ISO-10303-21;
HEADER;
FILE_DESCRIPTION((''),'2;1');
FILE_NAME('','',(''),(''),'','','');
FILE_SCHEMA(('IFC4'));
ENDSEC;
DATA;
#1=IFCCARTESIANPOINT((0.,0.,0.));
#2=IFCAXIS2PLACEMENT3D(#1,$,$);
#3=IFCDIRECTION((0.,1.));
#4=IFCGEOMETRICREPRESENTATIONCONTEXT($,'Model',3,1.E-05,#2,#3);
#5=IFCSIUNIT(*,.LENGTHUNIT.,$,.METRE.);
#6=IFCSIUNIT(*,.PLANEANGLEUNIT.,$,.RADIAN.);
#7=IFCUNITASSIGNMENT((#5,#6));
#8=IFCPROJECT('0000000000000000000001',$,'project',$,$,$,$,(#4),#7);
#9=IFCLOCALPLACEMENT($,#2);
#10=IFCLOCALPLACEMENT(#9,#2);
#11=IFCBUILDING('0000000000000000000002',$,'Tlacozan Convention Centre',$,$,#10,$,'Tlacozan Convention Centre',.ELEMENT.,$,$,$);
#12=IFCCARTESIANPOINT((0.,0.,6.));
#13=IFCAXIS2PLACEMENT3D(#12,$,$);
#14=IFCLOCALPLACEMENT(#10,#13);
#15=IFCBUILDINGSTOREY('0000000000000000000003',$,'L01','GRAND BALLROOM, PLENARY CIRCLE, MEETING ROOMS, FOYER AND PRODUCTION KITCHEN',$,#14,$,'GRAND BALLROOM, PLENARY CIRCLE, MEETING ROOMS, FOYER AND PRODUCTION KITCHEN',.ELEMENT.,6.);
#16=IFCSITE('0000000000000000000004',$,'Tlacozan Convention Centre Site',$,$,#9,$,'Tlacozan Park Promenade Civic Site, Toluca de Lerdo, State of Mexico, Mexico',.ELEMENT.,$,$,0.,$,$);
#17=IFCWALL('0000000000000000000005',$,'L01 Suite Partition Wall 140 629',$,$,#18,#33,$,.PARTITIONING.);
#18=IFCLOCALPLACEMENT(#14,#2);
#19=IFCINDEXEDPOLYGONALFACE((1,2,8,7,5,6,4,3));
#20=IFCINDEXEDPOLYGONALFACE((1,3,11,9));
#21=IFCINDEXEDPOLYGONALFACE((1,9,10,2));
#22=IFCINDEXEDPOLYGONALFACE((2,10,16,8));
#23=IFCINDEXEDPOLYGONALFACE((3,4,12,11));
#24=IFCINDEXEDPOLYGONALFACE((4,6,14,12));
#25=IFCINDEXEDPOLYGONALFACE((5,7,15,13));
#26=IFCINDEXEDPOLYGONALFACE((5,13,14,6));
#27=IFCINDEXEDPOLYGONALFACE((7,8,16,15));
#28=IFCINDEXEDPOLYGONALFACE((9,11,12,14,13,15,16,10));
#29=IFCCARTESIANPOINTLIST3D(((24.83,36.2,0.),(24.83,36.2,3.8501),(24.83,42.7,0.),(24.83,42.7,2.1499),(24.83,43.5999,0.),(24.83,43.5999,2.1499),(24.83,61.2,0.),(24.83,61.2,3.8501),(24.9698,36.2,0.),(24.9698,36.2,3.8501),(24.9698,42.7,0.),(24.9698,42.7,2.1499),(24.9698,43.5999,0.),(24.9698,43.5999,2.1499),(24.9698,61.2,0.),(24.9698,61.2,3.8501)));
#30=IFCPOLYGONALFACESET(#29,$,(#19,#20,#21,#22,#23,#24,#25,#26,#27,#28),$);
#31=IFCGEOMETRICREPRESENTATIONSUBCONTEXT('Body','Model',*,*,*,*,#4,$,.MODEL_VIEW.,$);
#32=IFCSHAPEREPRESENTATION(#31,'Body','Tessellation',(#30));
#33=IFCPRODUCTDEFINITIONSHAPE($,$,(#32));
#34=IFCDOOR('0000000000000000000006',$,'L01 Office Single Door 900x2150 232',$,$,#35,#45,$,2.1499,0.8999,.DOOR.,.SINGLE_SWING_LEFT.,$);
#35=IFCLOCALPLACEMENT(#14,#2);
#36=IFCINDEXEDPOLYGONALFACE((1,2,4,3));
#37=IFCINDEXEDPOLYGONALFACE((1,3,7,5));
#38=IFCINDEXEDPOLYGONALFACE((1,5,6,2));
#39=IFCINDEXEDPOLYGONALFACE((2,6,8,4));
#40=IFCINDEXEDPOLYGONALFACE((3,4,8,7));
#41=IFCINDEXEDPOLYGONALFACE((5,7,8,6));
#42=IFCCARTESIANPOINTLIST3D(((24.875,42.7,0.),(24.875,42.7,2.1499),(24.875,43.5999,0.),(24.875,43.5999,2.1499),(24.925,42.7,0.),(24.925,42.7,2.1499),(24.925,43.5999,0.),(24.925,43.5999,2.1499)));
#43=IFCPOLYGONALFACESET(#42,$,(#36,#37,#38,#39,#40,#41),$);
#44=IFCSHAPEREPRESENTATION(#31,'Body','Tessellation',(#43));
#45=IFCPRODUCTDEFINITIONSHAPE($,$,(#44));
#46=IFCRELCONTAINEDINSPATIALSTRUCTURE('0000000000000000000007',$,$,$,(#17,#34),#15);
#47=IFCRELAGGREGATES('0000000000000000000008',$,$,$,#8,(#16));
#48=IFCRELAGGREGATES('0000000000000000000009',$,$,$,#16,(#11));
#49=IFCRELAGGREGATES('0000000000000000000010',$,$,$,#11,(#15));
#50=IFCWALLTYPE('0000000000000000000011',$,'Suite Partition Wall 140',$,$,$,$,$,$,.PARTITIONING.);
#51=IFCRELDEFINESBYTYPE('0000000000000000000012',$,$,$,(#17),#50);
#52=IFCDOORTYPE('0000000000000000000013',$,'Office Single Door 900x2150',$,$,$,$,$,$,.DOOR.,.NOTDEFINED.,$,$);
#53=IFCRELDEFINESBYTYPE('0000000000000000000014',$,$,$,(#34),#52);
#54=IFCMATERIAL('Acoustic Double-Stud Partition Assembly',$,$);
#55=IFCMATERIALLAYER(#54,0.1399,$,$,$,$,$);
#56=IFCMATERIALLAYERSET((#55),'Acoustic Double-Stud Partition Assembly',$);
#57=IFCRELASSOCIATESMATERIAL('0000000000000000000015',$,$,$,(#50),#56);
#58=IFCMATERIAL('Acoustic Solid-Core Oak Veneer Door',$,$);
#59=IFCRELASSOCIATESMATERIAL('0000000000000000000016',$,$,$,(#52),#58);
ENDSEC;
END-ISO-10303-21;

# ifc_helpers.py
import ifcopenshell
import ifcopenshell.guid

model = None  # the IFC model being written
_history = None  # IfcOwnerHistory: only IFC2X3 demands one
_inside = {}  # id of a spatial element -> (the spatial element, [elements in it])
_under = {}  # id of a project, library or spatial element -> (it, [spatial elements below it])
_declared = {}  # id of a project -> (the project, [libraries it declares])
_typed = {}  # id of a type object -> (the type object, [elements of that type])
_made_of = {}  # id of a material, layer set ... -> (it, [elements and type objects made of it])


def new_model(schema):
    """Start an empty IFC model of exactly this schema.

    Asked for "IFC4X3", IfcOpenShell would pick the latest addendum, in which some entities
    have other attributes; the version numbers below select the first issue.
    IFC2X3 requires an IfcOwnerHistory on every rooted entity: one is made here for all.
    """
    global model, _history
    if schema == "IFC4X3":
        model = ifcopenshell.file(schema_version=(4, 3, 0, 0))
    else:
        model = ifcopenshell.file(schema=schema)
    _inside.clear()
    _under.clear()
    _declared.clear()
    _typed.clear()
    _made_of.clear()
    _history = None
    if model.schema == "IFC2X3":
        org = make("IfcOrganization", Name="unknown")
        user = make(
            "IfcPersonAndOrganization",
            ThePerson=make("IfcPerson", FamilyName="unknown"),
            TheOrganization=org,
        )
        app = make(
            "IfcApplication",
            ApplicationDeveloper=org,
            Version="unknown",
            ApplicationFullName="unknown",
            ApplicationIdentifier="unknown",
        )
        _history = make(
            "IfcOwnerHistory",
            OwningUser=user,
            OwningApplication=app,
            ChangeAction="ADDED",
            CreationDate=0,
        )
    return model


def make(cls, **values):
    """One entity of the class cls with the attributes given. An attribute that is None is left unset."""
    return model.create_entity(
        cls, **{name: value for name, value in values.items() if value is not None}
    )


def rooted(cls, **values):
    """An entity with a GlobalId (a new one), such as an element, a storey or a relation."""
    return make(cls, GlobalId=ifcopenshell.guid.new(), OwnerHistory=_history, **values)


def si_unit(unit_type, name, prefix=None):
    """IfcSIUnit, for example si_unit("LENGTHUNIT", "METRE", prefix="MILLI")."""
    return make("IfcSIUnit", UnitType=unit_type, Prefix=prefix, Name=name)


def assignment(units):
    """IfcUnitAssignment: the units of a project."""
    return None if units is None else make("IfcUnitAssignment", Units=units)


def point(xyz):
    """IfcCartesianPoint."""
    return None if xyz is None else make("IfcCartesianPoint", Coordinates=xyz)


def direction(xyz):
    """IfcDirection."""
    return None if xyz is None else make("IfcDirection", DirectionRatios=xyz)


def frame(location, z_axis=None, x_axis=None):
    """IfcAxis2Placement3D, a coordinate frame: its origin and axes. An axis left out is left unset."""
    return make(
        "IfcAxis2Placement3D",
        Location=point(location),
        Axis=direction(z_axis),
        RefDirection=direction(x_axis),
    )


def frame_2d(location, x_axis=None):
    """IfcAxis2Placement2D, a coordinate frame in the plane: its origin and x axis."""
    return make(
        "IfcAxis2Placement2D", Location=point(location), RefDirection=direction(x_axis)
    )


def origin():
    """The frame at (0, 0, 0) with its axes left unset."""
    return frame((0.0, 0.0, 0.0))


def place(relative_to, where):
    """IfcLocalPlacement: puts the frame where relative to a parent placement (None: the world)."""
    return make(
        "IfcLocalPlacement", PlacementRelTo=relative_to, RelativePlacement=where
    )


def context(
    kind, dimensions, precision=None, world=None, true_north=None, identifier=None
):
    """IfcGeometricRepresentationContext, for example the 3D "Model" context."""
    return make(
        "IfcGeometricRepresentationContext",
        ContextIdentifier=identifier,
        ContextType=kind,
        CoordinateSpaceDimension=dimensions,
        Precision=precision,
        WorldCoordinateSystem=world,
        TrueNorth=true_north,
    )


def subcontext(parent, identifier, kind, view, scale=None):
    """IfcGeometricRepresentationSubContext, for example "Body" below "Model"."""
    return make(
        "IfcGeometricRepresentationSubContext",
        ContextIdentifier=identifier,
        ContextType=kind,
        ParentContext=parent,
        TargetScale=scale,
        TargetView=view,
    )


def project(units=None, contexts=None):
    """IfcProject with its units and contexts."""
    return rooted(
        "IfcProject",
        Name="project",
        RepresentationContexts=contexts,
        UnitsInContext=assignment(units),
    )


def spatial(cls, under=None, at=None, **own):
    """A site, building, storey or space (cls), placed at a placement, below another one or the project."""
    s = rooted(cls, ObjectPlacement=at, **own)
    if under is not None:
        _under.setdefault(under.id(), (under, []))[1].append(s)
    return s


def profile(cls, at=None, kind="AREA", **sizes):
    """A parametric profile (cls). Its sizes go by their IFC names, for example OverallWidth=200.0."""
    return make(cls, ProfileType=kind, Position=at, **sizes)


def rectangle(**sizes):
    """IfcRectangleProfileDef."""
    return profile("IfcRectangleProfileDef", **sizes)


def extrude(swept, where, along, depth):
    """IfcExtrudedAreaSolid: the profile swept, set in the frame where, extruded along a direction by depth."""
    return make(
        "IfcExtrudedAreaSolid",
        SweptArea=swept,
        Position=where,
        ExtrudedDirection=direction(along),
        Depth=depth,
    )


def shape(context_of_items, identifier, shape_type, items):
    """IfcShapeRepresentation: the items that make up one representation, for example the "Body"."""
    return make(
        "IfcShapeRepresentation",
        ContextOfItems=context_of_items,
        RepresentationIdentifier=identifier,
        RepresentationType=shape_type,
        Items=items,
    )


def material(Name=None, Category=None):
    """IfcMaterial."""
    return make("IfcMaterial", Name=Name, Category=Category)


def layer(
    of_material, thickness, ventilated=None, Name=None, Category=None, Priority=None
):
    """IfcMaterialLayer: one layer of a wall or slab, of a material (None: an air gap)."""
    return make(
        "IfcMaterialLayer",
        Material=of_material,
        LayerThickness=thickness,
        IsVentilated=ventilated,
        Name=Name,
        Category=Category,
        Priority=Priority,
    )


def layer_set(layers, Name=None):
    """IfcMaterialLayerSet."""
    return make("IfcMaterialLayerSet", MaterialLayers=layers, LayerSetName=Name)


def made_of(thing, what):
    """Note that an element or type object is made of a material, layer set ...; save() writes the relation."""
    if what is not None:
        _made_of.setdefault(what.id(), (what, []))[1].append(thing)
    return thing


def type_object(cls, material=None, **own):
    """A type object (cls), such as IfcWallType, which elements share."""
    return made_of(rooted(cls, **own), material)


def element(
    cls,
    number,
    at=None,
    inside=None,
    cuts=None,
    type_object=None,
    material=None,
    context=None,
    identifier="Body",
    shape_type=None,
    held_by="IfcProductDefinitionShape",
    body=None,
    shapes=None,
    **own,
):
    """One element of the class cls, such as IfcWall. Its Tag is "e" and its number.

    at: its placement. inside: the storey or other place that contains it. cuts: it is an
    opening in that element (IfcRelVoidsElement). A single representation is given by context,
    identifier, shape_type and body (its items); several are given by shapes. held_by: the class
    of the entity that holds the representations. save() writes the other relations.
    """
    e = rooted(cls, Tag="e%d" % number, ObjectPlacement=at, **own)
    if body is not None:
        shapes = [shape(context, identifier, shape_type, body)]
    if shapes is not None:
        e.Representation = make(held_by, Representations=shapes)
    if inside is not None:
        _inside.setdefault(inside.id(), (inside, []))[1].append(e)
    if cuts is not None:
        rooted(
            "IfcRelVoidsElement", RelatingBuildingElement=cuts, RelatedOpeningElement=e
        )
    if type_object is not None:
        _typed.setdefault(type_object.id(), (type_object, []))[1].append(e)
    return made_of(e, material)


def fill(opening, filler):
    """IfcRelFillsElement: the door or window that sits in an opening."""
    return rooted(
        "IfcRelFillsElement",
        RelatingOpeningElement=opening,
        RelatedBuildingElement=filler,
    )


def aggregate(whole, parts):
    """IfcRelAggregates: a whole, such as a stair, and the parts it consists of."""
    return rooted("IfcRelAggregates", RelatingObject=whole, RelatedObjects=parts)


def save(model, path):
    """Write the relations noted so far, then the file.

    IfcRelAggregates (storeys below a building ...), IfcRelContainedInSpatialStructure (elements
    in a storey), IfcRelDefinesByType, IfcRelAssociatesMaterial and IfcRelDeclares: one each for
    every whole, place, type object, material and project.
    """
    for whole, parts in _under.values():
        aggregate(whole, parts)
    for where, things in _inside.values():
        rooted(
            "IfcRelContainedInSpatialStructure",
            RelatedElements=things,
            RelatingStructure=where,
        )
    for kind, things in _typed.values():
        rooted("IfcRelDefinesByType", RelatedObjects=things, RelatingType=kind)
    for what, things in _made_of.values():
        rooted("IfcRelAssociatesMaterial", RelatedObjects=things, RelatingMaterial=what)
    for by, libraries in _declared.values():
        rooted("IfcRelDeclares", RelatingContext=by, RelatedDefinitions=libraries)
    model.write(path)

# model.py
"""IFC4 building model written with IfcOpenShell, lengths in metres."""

from ifc_helpers import new_model, si_unit, direction, frame, frame_2d, origin, place, context, subcontext, project, spatial, rectangle, extrude, material, layer, layer_set, type_object, element, fill, save


model = new_model("IFC4")

# Units and contexts
model_context = context("Model", 3, precision=1e-05, world=origin(), true_north=direction((0.0, 1.0)))
body_context = subcontext(model_context, "Body", "Model", "MODEL_VIEW")
ifc_project = project(units=[si_unit("LENGTHUNIT", "METRE"), si_unit("PLANEANGLEUNIT", "RADIAN")], contexts=[model_context])

# Site, building, storey
site_placement = place(None, origin())
site = spatial("IfcSite", under=ifc_project, at=site_placement, Name="Tlacozan Convention Centre Site", LongName="Tlacozan Park Promenade Civic Site, Toluca de Lerdo, State of Mexico, Mexico", CompositionType="ELEMENT", RefElevation=0.0)
building_placement = place(site_placement, origin())
building = spatial("IfcBuilding", under=site, at=building_placement, Name="Tlacozan Convention Centre", LongName="Tlacozan Convention Centre", CompositionType="ELEMENT")
storey_placement = place(building_placement, frame((0.0, 0.0, 6.0)))
storey = spatial("IfcBuildingStorey", under=building, at=storey_placement, Name="L01", Description="GRAND BALLROOM, PLENARY CIRCLE, MEETING ROOMS, FOYER AND PRODUCTION KITCHEN", LongName="GRAND BALLROOM, PLENARY CIRCLE, MEETING ROOMS, FOYER AND PRODUCTION KITCHEN", CompositionType="ELEMENT", Elevation=6.0)

# Wall, opening, door
ifc_material_1 = material(Name="Acoustic Double-Stud Partition Assembly")
ifc_layer_1 = layer(ifc_material_1, 0.1399)
ifc_layer_set_1 = layer_set([ifc_layer_1], Name="Acoustic Double-Stud Partition Assembly")
wall_type_1 = type_object("IfcWallType", Name="Suite Partition Wall 140", PredefinedType="PARTITIONING", material=ifc_layer_set_1)
wall_1_placement = place(storey_placement, frame((24.8999, 36.2, 0.0), z_axis=(0.0, 0.0, 1.0), x_axis=(0.0, 1.0, 0.0)))
wall_1 = element("IfcWall", 1, at=wall_1_placement, inside=storey, type_object=wall_type_1, Name="L01 Suite Partition Wall 140 629", PredefinedType="PARTITIONING", context=body_context, shape_type="SweptSolid", body=[
    extrude(rectangle(XDim=25.0, YDim=0.1399, at=frame_2d((12.5, 0.0))), origin(), (0.0, 0.0, 1.0), 3.8501),
])
opening_1_placement = place(wall_1_placement, frame((6.5, 0.0, 0.0)))
opening_1 = element("IfcOpeningElement", 2, at=opening_1_placement, cuts=wall_1, PredefinedType="OPENING", context=body_context, shape_type="SweptSolid", body=[
    extrude(rectangle(XDim=0.8999, YDim=2.1499, at=frame_2d((0.45, 1.075))), frame((0.0, 0.0798, 0.0), z_axis=(0.0, -1.0, 0.0), x_axis=(1.0, 0.0, 0.0)), (0.0, 0.0, 1.0), 0.1599),
])
ifc_material_2 = material(Name="Acoustic Solid-Core Oak Veneer Door")
door_type = type_object("IfcDoorType", Name="Office Single Door 900x2150", OperationType="NOTDEFINED", PredefinedType="DOOR", material=ifc_material_2)
door_placement = place(opening_1_placement, origin())
door = element("IfcDoor", 3, at=door_placement, inside=storey, type_object=door_type, Name="L01 Office Single Door 900x2150 232", OperationType="SINGLE_SWING_LEFT", OverallHeight=2.1499, OverallWidth=0.8999, PredefinedType="DOOR", context=body_context, shape_type="SweptSolid", body=[
    extrude(rectangle(XDim=0.8999, YDim=2.1499, at=frame_2d((0.45, 1.075))), frame((0.0, 0.0249, 0.0), z_axis=(0.0, -1.0, 0.0), x_axis=(1.0, 0.0, 0.0)), (0.0, 0.0, 1.0), 0.05),
])
fill(opening_1, door)

save(model, "model.ifc")
